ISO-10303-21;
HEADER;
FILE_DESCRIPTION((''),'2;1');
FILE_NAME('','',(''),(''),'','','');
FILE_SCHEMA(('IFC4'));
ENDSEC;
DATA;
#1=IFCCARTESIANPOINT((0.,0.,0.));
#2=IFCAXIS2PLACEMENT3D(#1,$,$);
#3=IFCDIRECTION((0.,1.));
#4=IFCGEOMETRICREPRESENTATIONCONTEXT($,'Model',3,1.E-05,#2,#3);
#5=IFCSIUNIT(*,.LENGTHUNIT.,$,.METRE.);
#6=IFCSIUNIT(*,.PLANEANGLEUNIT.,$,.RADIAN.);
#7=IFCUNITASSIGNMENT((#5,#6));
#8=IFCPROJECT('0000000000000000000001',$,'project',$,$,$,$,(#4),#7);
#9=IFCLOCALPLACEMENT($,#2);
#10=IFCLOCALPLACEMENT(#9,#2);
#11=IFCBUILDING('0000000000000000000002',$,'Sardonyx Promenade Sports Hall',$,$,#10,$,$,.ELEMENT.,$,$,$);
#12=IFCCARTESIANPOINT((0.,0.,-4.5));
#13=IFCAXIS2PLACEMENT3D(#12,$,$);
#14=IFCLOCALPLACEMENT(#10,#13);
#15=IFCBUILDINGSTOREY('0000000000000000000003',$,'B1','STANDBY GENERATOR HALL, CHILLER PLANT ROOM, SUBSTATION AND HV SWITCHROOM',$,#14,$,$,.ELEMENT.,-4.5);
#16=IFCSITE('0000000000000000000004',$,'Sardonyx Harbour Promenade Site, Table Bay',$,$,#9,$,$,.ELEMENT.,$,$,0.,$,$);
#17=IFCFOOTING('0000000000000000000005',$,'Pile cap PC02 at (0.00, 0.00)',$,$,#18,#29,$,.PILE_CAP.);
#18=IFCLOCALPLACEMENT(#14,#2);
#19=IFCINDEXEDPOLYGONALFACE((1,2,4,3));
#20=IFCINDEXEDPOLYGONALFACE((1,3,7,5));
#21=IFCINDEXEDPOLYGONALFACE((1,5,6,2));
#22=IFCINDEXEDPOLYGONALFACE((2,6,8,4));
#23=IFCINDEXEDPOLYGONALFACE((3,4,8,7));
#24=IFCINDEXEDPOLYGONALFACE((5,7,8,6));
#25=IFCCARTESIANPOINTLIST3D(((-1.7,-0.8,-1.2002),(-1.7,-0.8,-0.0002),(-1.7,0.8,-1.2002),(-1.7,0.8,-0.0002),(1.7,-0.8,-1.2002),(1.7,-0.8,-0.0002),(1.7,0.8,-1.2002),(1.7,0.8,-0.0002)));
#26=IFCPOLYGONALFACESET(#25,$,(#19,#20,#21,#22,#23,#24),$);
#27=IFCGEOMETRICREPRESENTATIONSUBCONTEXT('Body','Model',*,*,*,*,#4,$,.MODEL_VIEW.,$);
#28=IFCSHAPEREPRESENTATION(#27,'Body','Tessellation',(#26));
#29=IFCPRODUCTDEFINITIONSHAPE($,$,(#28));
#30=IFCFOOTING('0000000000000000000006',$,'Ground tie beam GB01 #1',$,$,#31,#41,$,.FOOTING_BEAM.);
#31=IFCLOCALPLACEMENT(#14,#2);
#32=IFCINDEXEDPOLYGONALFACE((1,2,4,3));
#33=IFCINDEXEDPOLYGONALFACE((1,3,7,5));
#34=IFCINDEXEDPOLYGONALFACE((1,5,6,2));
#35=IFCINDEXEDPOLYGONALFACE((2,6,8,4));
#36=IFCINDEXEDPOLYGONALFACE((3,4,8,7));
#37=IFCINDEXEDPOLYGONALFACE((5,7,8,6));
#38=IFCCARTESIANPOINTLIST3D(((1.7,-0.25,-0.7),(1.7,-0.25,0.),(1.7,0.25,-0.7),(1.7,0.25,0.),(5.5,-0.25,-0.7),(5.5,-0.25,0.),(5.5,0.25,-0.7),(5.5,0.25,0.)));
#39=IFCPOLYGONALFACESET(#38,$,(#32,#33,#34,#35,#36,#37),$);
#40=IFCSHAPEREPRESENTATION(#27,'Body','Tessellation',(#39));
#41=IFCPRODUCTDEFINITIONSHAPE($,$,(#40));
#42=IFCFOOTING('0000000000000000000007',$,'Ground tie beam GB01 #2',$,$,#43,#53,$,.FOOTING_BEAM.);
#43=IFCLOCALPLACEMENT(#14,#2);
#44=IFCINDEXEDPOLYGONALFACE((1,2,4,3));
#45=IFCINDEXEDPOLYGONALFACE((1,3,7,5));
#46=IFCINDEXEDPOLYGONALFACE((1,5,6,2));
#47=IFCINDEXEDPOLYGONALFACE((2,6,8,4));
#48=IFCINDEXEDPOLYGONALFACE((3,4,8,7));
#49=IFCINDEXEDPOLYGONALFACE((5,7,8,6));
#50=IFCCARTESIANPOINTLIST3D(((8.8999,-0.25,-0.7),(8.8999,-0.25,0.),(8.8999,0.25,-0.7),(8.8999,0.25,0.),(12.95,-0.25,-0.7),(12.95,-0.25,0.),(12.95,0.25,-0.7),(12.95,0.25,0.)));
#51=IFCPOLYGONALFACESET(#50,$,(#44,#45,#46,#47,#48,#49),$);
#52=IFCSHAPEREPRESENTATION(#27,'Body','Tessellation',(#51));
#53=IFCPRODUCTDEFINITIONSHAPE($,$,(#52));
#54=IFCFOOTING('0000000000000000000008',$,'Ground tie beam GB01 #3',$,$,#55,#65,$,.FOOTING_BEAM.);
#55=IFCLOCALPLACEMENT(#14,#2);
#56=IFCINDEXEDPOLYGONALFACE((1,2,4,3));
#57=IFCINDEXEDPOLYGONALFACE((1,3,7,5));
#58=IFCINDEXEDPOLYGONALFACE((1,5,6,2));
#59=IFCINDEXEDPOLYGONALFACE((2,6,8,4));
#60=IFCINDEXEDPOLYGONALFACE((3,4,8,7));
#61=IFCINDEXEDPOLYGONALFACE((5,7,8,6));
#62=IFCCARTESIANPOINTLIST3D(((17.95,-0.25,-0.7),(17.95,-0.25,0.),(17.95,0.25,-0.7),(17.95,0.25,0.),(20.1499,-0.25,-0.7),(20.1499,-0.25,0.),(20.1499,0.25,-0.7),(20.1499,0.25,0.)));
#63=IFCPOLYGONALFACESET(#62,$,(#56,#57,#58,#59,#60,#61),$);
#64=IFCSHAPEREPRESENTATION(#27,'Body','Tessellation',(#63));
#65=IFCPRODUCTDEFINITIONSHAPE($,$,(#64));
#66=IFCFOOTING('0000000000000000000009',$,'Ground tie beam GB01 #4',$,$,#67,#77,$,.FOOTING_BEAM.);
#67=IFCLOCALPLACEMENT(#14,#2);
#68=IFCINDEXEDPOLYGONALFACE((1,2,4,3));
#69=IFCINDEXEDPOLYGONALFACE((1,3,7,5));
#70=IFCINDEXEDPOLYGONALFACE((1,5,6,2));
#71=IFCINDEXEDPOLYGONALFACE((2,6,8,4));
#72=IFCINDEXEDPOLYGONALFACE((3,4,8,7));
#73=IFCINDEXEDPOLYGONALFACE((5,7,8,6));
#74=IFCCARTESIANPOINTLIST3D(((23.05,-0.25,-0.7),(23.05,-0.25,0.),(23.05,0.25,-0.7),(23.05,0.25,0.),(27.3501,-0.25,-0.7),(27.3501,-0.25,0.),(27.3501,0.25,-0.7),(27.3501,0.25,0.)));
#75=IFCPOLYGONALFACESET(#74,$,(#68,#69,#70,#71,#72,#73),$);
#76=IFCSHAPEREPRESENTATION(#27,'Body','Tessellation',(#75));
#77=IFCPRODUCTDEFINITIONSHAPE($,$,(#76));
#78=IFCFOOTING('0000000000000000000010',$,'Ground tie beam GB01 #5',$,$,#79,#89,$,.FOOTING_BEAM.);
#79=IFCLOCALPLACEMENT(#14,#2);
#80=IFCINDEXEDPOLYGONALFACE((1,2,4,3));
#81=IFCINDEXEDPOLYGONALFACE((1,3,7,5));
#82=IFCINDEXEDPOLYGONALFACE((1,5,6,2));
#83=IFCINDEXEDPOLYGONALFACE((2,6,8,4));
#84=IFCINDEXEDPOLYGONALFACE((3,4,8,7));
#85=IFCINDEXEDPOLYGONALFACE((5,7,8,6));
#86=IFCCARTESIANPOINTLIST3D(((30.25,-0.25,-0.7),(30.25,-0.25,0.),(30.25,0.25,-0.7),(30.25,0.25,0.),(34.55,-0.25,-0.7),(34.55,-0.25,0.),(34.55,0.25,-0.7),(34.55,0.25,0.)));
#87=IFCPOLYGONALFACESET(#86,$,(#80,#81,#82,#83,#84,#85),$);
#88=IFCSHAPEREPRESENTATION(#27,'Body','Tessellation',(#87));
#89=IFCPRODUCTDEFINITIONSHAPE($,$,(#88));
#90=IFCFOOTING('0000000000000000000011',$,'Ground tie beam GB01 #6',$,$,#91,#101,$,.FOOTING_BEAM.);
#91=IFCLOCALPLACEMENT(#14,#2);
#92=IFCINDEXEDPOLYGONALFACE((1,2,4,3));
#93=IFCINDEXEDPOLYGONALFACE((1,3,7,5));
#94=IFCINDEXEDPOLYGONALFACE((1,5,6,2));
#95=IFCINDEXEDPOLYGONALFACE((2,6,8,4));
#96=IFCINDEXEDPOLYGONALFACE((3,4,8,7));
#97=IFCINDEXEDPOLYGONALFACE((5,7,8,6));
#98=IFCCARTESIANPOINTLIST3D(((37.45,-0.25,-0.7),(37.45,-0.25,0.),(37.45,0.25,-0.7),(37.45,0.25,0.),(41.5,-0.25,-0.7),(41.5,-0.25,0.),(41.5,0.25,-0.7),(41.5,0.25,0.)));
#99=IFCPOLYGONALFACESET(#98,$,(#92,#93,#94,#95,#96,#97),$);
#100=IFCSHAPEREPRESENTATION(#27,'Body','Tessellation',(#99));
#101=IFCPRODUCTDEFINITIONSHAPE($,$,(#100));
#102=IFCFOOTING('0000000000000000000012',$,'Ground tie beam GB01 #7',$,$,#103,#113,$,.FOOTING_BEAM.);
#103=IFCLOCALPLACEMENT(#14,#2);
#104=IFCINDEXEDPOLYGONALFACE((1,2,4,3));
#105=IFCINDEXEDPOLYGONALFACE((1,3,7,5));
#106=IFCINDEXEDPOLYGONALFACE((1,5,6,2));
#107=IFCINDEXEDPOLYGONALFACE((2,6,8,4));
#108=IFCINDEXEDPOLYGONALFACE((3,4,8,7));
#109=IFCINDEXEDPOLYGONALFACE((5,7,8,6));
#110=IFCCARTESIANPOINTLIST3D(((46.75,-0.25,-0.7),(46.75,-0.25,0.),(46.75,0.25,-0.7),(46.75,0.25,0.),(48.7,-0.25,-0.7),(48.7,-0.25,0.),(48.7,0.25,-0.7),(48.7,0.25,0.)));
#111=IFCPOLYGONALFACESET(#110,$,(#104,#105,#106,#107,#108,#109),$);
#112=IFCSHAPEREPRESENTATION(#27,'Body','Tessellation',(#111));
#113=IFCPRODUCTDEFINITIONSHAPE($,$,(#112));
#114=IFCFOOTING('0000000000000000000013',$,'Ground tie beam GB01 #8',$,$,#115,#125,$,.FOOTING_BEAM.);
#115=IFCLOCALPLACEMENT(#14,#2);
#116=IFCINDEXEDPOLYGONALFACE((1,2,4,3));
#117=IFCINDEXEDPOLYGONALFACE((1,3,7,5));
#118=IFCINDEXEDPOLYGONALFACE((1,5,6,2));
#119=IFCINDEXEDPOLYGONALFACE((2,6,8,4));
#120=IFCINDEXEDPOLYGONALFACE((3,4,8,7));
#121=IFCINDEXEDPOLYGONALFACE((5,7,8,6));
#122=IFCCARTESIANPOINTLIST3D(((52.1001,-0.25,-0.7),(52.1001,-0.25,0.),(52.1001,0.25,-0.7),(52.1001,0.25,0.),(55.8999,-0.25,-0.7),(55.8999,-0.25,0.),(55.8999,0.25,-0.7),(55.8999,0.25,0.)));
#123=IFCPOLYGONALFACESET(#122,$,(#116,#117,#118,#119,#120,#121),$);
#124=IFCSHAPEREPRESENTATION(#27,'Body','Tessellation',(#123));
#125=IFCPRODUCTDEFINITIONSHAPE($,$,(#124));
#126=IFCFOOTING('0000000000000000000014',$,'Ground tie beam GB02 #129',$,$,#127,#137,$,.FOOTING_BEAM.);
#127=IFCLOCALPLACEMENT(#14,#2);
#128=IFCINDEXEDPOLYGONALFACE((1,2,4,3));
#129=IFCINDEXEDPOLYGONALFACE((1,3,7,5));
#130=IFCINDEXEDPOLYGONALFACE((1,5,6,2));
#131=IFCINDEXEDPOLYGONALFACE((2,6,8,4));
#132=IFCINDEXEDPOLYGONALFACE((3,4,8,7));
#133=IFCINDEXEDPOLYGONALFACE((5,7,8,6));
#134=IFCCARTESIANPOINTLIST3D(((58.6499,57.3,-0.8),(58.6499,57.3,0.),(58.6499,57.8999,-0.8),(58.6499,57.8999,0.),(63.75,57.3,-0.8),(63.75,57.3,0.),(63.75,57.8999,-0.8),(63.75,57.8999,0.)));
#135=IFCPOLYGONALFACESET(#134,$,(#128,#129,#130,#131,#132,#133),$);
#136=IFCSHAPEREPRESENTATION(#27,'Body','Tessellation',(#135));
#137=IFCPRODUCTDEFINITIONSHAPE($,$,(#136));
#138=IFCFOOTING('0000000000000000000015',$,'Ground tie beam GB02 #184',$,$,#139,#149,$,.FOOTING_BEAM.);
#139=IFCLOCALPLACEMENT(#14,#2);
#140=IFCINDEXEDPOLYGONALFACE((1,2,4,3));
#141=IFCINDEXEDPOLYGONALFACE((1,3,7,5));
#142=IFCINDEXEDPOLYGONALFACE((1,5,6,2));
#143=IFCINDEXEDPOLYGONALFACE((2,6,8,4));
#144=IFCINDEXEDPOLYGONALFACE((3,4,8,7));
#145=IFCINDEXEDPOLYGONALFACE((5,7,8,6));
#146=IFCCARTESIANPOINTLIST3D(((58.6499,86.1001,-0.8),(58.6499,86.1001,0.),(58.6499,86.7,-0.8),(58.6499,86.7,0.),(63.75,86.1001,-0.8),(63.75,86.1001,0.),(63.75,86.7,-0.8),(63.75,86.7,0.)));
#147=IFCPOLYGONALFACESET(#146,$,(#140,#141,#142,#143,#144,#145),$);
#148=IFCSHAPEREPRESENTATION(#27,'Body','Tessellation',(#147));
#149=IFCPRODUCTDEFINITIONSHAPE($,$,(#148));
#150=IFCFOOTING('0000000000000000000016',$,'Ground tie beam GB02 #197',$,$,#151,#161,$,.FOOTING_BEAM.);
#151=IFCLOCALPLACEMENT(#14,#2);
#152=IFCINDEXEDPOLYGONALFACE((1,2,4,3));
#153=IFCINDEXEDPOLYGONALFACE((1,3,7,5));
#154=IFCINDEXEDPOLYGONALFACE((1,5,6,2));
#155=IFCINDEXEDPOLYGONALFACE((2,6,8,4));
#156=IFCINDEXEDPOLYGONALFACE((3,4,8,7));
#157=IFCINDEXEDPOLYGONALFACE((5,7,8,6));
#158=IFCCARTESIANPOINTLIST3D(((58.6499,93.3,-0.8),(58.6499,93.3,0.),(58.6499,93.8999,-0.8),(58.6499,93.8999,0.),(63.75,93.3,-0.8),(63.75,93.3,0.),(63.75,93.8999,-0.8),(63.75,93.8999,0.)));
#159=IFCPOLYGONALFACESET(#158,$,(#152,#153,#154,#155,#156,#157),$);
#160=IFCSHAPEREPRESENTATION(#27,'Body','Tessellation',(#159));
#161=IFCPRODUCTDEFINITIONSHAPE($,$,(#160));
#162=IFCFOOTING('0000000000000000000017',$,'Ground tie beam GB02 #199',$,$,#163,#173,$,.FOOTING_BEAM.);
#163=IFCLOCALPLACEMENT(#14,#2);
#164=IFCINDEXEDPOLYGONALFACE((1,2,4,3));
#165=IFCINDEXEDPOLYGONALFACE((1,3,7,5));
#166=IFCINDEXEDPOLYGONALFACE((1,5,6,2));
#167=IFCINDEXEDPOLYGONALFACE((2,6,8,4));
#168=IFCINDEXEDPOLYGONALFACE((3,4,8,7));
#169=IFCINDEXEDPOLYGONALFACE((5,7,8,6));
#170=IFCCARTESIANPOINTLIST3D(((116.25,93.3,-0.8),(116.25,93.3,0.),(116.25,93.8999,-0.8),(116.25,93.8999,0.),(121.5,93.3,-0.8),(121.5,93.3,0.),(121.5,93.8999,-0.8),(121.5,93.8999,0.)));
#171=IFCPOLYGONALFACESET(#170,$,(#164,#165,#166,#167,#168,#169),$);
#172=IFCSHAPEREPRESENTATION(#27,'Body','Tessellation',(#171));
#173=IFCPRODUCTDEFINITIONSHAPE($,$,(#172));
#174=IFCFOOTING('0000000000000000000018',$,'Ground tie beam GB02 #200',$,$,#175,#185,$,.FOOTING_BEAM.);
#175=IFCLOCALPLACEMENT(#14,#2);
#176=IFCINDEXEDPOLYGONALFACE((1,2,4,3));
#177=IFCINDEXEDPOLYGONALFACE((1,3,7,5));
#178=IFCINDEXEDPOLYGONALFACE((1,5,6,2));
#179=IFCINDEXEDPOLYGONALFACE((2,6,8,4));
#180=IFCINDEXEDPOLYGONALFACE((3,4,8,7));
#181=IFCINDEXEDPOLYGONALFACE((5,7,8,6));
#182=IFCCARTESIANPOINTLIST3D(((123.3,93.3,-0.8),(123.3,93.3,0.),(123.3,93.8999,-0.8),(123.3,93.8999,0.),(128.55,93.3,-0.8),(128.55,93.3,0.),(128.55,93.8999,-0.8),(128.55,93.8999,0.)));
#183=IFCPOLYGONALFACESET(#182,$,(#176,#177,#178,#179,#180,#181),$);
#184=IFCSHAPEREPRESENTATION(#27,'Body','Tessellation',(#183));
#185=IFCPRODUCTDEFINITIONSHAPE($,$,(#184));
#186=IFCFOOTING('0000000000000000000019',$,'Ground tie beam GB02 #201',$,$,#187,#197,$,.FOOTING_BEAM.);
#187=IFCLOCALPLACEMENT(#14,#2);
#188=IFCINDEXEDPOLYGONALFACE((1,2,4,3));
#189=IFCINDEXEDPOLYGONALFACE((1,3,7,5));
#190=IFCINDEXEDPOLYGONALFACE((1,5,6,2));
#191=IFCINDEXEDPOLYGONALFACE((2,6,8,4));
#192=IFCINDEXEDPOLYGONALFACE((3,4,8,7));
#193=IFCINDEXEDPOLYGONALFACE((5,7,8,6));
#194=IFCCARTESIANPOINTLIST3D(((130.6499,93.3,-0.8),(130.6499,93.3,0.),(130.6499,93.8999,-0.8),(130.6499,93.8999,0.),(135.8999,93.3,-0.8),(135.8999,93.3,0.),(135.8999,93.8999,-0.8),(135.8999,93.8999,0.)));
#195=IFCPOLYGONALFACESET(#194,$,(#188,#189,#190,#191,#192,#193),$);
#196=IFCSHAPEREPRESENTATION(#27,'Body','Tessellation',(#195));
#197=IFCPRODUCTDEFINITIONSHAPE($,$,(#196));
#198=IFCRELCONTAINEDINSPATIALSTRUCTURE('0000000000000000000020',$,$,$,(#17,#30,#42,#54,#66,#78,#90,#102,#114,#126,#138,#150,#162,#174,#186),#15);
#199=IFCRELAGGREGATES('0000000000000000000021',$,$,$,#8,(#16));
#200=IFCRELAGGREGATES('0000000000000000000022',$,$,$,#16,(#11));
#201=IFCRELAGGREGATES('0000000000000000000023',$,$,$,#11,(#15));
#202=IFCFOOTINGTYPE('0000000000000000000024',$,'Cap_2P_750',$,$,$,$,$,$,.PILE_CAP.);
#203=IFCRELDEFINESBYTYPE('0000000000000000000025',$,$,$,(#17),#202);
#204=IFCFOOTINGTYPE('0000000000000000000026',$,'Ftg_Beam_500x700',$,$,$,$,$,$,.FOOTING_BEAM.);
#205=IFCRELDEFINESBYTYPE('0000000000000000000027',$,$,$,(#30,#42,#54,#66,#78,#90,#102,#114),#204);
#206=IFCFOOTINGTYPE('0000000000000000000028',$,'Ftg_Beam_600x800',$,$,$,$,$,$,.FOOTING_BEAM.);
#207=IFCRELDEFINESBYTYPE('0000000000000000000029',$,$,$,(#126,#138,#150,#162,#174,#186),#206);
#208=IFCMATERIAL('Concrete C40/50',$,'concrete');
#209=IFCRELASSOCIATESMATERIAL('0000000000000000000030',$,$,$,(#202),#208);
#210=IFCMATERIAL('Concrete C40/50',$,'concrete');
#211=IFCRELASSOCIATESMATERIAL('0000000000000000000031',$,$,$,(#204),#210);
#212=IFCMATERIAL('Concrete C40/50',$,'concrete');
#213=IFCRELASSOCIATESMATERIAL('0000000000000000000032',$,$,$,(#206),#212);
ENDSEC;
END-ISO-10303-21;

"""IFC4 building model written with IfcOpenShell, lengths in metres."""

from ifc_helpers import new_model, si_unit, direction, frame, origin, origin_2d, place, context, subcontext, project, spatial, polyline, rectangle, outline, extrude, material, type_object, element, save


model = new_model("IFC4")

# Units and contexts
model_context = context("Model", 3, precision=1e-05, world=origin(), true_north=direction((0.0, 1.0)))
body_context = subcontext(model_context, "Body", "Model", "MODEL_VIEW")
ifc_project = project(units=[si_unit("LENGTHUNIT", "METRE"), si_unit("PLANEANGLEUNIT", "RADIAN")], contexts=[model_context])

# Site, building, storey
site_placement = place(None, origin())
site = spatial("IfcSite", under=ifc_project, at=site_placement, Name="Sardonyx Harbour Promenade Site, Table Bay", CompositionType="ELEMENT", RefElevation=0.0)
building_placement = place(site_placement, origin())
building = spatial("IfcBuilding", under=site, at=building_placement, Name="Sardonyx Promenade Sports Hall", CompositionType="ELEMENT")
storey_placement = place(building_placement, frame((0.0, 0.0, -4.5)))
storey = spatial("IfcBuildingStorey", under=building, at=storey_placement, Name="B1", Description="STANDBY GENERATOR HALL, CHILLER PLANT ROOM, SUBSTATION AND HV SWITCHROOM", CompositionType="ELEMENT", Elevation=-4.5)

# Footings
ifc_material_1 = material(Name="Concrete C40/50", Category="concrete")
footing_type_1 = type_object("IfcFootingType", Name="Cap_2P_750", PredefinedType="PILE_CAP", material=ifc_material_1)
footing_1_placement = place(storey_placement, frame((0.0, 0.0, -1.2002), z_axis=(0.0, 0.0, 1.0), x_axis=(1.0, 0.0, 0.0)))
element("IfcFooting", 1, at=footing_1_placement, inside=storey, type_object=footing_type_1, Name="Pile cap PC02 at (0.00, 0.00)", PredefinedType="PILE_CAP", context=body_context, shape_type="SweptSolid", body=[
    extrude(rectangle(XDim=3.3999, YDim=1.6001, at=origin_2d()), origin(), (0.0, 0.0, 1.0), 1.2),
])
ifc_material_2 = material(Name="Concrete C40/50", Category="concrete")
footing_type_2 = type_object("IfcFootingType", Name="Ftg_Beam_500x700", PredefinedType="FOOTING_BEAM", material=ifc_material_2)
footing_2_placement = place(storey_placement, frame((0.0, 0.0, -0.7)))
element("IfcFooting", 2, at=footing_2_placement, inside=storey, type_object=footing_type_2, Name="Ground tie beam GB01 #1", PredefinedType="FOOTING_BEAM", context=body_context, shape_type="SweptSolid", body=[
    extrude(outline(polyline([(1.7, -0.25), (5.5, -0.25), (5.5, 0.25), (1.7, 0.25), (1.7, -0.25)])), origin(), (0.0, 0.0, 1.0), 0.7),
])
footing_3_placement = place(storey_placement, frame((0.0, 0.0, -0.7)))
element("IfcFooting", 3, at=footing_3_placement, inside=storey, type_object=footing_type_2, Name="Ground tie beam GB01 #2", PredefinedType="FOOTING_BEAM", context=body_context, shape_type="SweptSolid", body=[
    extrude(outline(polyline([(8.8999, -0.25), (12.95, -0.25), (12.95, 0.25), (8.8999, 0.25), (8.8999, -0.25)])), origin(), (0.0, 0.0, 1.0), 0.7),
])
footing_4_placement = place(storey_placement, frame((0.0, 0.0, -0.7)))
element("IfcFooting", 4, at=footing_4_placement, inside=storey, type_object=footing_type_2, Name="Ground tie beam GB01 #3", PredefinedType="FOOTING_BEAM", context=body_context, shape_type="SweptSolid", body=[
    extrude(outline(polyline([(17.95, -0.25), (20.1499, -0.25), (20.1499, 0.25), (17.95, 0.25), (17.95, -0.25)])), origin(), (0.0, 0.0, 1.0), 0.7),
])
footing_5_placement = place(storey_placement, frame((0.0, 0.0, -0.7)))
element("IfcFooting", 5, at=footing_5_placement, inside=storey, type_object=footing_type_2, Name="Ground tie beam GB01 #4", PredefinedType="FOOTING_BEAM", context=body_context, shape_type="SweptSolid", body=[
    extrude(outline(polyline([(23.05, -0.25), (27.3501, -0.25), (27.3501, 0.25), (23.05, 0.25), (23.05, -0.25)])), origin(), (0.0, 0.0, 1.0), 0.7),
])
footing_6_placement = place(storey_placement, frame((0.0, 0.0, -0.7)))
element("IfcFooting", 6, at=footing_6_placement, inside=storey, type_object=footing_type_2, Name="Ground tie beam GB01 #5", PredefinedType="FOOTING_BEAM", context=body_context, shape_type="SweptSolid", body=[
    extrude(outline(polyline([(30.25, -0.25), (34.55, -0.25), (34.55, 0.25), (30.25, 0.25), (30.25, -0.25)])), origin(), (0.0, 0.0, 1.0), 0.7),
])
footing_7_placement = place(storey_placement, frame((0.0, 0.0, -0.7)))
element("IfcFooting", 7, at=footing_7_placement, inside=storey, type_object=footing_type_2, Name="Ground tie beam GB01 #6", PredefinedType="FOOTING_BEAM", context=body_context, shape_type="SweptSolid", body=[
    extrude(outline(polyline([(37.45, -0.25), (41.5, -0.25), (41.5, 0.25), (37.45, 0.25), (37.45, -0.25)])), origin(), (0.0, 0.0, 1.0), 0.7),
])
footing_8_placement = place(storey_placement, frame((0.0, 0.0, -0.7)))
element("IfcFooting", 8, at=footing_8_placement, inside=storey, type_object=footing_type_2, Name="Ground tie beam GB01 #7", PredefinedType="FOOTING_BEAM", context=body_context, shape_type="SweptSolid", body=[
    extrude(outline(polyline([(46.75, -0.25), (48.7, -0.25), (48.7, 0.25), (46.75, 0.25), (46.75, -0.25)])), origin(), (0.0, 0.0, 1.0), 0.7),
])
footing_9_placement = place(storey_placement, frame((0.0, 0.0, -0.7)))
element("IfcFooting", 9, at=footing_9_placement, inside=storey, type_object=footing_type_2, Name="Ground tie beam GB01 #8", PredefinedType="FOOTING_BEAM", context=body_context, shape_type="SweptSolid", body=[
    extrude(outline(polyline([(52.1001, -0.25), (55.8999, -0.25), (55.8999, 0.25), (52.1001, 0.25), (52.1001, -0.25)])), origin(), (0.0, 0.0, 1.0), 0.7),
])
ifc_material_3 = material(Name="Concrete C40/50", Category="concrete")
footing_type_3 = type_object("IfcFootingType", Name="Ftg_Beam_600x800", PredefinedType="FOOTING_BEAM", material=ifc_material_3)
footing_10_placement = place(storey_placement, frame((0.0, 0.0, -0.8)))
element("IfcFooting", 10, at=footing_10_placement, inside=storey, type_object=footing_type_3, Name="Ground tie beam GB02 #129", PredefinedType="FOOTING_BEAM", context=body_context, shape_type="SweptSolid", body=[
    extrude(outline(polyline([(58.6499, 57.3), (63.75, 57.3), (63.75, 57.8999), (58.6499, 57.8999), (58.6499, 57.3)])), origin(), (0.0, 0.0, 1.0), 0.8),
])
footing_11_placement = place(storey_placement, frame((0.0, 0.0, -0.8)))
element("IfcFooting", 11, at=footing_11_placement, inside=storey, type_object=footing_type_3, Name="Ground tie beam GB02 #184", PredefinedType="FOOTING_BEAM", context=body_context, shape_type="SweptSolid", body=[
    extrude(outline(polyline([(58.6499, 86.1001), (63.75, 86.1001), (63.75, 86.7), (58.6499, 86.7), (58.6499, 86.1001)])), origin(), (0.0, 0.0, 1.0), 0.8),
])
footing_12_placement = place(storey_placement, frame((0.0, 0.0, -0.8)))
element("IfcFooting", 12, at=footing_12_placement, inside=storey, type_object=footing_type_3, Name="Ground tie beam GB02 #197", PredefinedType="FOOTING_BEAM", context=body_context, shape_type="SweptSolid", body=[
    extrude(outline(polyline([(58.6499, 93.3), (63.75, 93.3), (63.75, 93.8999), (58.6499, 93.8999), (58.6499, 93.3)])), origin(), (0.0, 0.0, 1.0), 0.8),
])
footing_13_placement = place(storey_placement, frame((0.0, 0.0, -0.8)))
element("IfcFooting", 13, at=footing_13_placement, inside=storey, type_object=footing_type_3, Name="Ground tie beam GB02 #199", PredefinedType="FOOTING_BEAM", context=body_context, shape_type="SweptSolid", body=[
    extrude(outline(polyline([(116.25, 93.3), (121.5, 93.3), (121.5, 93.8999), (116.25, 93.8999), (116.25, 93.3)])), origin(), (0.0, 0.0, 1.0), 0.8),
])
footing_14_placement = place(storey_placement, frame((0.0, 0.0, -0.8)))
element("IfcFooting", 14, at=footing_14_placement, inside=storey, type_object=footing_type_3, Name="Ground tie beam GB02 #200", PredefinedType="FOOTING_BEAM", context=body_context, shape_type="SweptSolid", body=[
    extrude(outline(polyline([(123.3, 93.3), (128.55, 93.3), (128.55, 93.8999), (123.3, 93.8999), (123.3, 93.3)])), origin(), (0.0, 0.0, 1.0), 0.8),
])
footing_15_placement = place(storey_placement, frame((0.0, 0.0, -0.8)))
element("IfcFooting", 15, at=footing_15_placement, inside=storey, type_object=footing_type_3, Name="Ground tie beam GB02 #201", PredefinedType="FOOTING_BEAM", context=body_context, shape_type="SweptSolid", body=[
    extrude(outline(polyline([(130.6499, 93.3), (135.8999, 93.3), (135.8999, 93.8999), (130.6499, 93.8999), (130.6499, 93.3)])), origin(), (0.0, 0.0, 1.0), 0.8),
])

save(model, "model.ifc")
